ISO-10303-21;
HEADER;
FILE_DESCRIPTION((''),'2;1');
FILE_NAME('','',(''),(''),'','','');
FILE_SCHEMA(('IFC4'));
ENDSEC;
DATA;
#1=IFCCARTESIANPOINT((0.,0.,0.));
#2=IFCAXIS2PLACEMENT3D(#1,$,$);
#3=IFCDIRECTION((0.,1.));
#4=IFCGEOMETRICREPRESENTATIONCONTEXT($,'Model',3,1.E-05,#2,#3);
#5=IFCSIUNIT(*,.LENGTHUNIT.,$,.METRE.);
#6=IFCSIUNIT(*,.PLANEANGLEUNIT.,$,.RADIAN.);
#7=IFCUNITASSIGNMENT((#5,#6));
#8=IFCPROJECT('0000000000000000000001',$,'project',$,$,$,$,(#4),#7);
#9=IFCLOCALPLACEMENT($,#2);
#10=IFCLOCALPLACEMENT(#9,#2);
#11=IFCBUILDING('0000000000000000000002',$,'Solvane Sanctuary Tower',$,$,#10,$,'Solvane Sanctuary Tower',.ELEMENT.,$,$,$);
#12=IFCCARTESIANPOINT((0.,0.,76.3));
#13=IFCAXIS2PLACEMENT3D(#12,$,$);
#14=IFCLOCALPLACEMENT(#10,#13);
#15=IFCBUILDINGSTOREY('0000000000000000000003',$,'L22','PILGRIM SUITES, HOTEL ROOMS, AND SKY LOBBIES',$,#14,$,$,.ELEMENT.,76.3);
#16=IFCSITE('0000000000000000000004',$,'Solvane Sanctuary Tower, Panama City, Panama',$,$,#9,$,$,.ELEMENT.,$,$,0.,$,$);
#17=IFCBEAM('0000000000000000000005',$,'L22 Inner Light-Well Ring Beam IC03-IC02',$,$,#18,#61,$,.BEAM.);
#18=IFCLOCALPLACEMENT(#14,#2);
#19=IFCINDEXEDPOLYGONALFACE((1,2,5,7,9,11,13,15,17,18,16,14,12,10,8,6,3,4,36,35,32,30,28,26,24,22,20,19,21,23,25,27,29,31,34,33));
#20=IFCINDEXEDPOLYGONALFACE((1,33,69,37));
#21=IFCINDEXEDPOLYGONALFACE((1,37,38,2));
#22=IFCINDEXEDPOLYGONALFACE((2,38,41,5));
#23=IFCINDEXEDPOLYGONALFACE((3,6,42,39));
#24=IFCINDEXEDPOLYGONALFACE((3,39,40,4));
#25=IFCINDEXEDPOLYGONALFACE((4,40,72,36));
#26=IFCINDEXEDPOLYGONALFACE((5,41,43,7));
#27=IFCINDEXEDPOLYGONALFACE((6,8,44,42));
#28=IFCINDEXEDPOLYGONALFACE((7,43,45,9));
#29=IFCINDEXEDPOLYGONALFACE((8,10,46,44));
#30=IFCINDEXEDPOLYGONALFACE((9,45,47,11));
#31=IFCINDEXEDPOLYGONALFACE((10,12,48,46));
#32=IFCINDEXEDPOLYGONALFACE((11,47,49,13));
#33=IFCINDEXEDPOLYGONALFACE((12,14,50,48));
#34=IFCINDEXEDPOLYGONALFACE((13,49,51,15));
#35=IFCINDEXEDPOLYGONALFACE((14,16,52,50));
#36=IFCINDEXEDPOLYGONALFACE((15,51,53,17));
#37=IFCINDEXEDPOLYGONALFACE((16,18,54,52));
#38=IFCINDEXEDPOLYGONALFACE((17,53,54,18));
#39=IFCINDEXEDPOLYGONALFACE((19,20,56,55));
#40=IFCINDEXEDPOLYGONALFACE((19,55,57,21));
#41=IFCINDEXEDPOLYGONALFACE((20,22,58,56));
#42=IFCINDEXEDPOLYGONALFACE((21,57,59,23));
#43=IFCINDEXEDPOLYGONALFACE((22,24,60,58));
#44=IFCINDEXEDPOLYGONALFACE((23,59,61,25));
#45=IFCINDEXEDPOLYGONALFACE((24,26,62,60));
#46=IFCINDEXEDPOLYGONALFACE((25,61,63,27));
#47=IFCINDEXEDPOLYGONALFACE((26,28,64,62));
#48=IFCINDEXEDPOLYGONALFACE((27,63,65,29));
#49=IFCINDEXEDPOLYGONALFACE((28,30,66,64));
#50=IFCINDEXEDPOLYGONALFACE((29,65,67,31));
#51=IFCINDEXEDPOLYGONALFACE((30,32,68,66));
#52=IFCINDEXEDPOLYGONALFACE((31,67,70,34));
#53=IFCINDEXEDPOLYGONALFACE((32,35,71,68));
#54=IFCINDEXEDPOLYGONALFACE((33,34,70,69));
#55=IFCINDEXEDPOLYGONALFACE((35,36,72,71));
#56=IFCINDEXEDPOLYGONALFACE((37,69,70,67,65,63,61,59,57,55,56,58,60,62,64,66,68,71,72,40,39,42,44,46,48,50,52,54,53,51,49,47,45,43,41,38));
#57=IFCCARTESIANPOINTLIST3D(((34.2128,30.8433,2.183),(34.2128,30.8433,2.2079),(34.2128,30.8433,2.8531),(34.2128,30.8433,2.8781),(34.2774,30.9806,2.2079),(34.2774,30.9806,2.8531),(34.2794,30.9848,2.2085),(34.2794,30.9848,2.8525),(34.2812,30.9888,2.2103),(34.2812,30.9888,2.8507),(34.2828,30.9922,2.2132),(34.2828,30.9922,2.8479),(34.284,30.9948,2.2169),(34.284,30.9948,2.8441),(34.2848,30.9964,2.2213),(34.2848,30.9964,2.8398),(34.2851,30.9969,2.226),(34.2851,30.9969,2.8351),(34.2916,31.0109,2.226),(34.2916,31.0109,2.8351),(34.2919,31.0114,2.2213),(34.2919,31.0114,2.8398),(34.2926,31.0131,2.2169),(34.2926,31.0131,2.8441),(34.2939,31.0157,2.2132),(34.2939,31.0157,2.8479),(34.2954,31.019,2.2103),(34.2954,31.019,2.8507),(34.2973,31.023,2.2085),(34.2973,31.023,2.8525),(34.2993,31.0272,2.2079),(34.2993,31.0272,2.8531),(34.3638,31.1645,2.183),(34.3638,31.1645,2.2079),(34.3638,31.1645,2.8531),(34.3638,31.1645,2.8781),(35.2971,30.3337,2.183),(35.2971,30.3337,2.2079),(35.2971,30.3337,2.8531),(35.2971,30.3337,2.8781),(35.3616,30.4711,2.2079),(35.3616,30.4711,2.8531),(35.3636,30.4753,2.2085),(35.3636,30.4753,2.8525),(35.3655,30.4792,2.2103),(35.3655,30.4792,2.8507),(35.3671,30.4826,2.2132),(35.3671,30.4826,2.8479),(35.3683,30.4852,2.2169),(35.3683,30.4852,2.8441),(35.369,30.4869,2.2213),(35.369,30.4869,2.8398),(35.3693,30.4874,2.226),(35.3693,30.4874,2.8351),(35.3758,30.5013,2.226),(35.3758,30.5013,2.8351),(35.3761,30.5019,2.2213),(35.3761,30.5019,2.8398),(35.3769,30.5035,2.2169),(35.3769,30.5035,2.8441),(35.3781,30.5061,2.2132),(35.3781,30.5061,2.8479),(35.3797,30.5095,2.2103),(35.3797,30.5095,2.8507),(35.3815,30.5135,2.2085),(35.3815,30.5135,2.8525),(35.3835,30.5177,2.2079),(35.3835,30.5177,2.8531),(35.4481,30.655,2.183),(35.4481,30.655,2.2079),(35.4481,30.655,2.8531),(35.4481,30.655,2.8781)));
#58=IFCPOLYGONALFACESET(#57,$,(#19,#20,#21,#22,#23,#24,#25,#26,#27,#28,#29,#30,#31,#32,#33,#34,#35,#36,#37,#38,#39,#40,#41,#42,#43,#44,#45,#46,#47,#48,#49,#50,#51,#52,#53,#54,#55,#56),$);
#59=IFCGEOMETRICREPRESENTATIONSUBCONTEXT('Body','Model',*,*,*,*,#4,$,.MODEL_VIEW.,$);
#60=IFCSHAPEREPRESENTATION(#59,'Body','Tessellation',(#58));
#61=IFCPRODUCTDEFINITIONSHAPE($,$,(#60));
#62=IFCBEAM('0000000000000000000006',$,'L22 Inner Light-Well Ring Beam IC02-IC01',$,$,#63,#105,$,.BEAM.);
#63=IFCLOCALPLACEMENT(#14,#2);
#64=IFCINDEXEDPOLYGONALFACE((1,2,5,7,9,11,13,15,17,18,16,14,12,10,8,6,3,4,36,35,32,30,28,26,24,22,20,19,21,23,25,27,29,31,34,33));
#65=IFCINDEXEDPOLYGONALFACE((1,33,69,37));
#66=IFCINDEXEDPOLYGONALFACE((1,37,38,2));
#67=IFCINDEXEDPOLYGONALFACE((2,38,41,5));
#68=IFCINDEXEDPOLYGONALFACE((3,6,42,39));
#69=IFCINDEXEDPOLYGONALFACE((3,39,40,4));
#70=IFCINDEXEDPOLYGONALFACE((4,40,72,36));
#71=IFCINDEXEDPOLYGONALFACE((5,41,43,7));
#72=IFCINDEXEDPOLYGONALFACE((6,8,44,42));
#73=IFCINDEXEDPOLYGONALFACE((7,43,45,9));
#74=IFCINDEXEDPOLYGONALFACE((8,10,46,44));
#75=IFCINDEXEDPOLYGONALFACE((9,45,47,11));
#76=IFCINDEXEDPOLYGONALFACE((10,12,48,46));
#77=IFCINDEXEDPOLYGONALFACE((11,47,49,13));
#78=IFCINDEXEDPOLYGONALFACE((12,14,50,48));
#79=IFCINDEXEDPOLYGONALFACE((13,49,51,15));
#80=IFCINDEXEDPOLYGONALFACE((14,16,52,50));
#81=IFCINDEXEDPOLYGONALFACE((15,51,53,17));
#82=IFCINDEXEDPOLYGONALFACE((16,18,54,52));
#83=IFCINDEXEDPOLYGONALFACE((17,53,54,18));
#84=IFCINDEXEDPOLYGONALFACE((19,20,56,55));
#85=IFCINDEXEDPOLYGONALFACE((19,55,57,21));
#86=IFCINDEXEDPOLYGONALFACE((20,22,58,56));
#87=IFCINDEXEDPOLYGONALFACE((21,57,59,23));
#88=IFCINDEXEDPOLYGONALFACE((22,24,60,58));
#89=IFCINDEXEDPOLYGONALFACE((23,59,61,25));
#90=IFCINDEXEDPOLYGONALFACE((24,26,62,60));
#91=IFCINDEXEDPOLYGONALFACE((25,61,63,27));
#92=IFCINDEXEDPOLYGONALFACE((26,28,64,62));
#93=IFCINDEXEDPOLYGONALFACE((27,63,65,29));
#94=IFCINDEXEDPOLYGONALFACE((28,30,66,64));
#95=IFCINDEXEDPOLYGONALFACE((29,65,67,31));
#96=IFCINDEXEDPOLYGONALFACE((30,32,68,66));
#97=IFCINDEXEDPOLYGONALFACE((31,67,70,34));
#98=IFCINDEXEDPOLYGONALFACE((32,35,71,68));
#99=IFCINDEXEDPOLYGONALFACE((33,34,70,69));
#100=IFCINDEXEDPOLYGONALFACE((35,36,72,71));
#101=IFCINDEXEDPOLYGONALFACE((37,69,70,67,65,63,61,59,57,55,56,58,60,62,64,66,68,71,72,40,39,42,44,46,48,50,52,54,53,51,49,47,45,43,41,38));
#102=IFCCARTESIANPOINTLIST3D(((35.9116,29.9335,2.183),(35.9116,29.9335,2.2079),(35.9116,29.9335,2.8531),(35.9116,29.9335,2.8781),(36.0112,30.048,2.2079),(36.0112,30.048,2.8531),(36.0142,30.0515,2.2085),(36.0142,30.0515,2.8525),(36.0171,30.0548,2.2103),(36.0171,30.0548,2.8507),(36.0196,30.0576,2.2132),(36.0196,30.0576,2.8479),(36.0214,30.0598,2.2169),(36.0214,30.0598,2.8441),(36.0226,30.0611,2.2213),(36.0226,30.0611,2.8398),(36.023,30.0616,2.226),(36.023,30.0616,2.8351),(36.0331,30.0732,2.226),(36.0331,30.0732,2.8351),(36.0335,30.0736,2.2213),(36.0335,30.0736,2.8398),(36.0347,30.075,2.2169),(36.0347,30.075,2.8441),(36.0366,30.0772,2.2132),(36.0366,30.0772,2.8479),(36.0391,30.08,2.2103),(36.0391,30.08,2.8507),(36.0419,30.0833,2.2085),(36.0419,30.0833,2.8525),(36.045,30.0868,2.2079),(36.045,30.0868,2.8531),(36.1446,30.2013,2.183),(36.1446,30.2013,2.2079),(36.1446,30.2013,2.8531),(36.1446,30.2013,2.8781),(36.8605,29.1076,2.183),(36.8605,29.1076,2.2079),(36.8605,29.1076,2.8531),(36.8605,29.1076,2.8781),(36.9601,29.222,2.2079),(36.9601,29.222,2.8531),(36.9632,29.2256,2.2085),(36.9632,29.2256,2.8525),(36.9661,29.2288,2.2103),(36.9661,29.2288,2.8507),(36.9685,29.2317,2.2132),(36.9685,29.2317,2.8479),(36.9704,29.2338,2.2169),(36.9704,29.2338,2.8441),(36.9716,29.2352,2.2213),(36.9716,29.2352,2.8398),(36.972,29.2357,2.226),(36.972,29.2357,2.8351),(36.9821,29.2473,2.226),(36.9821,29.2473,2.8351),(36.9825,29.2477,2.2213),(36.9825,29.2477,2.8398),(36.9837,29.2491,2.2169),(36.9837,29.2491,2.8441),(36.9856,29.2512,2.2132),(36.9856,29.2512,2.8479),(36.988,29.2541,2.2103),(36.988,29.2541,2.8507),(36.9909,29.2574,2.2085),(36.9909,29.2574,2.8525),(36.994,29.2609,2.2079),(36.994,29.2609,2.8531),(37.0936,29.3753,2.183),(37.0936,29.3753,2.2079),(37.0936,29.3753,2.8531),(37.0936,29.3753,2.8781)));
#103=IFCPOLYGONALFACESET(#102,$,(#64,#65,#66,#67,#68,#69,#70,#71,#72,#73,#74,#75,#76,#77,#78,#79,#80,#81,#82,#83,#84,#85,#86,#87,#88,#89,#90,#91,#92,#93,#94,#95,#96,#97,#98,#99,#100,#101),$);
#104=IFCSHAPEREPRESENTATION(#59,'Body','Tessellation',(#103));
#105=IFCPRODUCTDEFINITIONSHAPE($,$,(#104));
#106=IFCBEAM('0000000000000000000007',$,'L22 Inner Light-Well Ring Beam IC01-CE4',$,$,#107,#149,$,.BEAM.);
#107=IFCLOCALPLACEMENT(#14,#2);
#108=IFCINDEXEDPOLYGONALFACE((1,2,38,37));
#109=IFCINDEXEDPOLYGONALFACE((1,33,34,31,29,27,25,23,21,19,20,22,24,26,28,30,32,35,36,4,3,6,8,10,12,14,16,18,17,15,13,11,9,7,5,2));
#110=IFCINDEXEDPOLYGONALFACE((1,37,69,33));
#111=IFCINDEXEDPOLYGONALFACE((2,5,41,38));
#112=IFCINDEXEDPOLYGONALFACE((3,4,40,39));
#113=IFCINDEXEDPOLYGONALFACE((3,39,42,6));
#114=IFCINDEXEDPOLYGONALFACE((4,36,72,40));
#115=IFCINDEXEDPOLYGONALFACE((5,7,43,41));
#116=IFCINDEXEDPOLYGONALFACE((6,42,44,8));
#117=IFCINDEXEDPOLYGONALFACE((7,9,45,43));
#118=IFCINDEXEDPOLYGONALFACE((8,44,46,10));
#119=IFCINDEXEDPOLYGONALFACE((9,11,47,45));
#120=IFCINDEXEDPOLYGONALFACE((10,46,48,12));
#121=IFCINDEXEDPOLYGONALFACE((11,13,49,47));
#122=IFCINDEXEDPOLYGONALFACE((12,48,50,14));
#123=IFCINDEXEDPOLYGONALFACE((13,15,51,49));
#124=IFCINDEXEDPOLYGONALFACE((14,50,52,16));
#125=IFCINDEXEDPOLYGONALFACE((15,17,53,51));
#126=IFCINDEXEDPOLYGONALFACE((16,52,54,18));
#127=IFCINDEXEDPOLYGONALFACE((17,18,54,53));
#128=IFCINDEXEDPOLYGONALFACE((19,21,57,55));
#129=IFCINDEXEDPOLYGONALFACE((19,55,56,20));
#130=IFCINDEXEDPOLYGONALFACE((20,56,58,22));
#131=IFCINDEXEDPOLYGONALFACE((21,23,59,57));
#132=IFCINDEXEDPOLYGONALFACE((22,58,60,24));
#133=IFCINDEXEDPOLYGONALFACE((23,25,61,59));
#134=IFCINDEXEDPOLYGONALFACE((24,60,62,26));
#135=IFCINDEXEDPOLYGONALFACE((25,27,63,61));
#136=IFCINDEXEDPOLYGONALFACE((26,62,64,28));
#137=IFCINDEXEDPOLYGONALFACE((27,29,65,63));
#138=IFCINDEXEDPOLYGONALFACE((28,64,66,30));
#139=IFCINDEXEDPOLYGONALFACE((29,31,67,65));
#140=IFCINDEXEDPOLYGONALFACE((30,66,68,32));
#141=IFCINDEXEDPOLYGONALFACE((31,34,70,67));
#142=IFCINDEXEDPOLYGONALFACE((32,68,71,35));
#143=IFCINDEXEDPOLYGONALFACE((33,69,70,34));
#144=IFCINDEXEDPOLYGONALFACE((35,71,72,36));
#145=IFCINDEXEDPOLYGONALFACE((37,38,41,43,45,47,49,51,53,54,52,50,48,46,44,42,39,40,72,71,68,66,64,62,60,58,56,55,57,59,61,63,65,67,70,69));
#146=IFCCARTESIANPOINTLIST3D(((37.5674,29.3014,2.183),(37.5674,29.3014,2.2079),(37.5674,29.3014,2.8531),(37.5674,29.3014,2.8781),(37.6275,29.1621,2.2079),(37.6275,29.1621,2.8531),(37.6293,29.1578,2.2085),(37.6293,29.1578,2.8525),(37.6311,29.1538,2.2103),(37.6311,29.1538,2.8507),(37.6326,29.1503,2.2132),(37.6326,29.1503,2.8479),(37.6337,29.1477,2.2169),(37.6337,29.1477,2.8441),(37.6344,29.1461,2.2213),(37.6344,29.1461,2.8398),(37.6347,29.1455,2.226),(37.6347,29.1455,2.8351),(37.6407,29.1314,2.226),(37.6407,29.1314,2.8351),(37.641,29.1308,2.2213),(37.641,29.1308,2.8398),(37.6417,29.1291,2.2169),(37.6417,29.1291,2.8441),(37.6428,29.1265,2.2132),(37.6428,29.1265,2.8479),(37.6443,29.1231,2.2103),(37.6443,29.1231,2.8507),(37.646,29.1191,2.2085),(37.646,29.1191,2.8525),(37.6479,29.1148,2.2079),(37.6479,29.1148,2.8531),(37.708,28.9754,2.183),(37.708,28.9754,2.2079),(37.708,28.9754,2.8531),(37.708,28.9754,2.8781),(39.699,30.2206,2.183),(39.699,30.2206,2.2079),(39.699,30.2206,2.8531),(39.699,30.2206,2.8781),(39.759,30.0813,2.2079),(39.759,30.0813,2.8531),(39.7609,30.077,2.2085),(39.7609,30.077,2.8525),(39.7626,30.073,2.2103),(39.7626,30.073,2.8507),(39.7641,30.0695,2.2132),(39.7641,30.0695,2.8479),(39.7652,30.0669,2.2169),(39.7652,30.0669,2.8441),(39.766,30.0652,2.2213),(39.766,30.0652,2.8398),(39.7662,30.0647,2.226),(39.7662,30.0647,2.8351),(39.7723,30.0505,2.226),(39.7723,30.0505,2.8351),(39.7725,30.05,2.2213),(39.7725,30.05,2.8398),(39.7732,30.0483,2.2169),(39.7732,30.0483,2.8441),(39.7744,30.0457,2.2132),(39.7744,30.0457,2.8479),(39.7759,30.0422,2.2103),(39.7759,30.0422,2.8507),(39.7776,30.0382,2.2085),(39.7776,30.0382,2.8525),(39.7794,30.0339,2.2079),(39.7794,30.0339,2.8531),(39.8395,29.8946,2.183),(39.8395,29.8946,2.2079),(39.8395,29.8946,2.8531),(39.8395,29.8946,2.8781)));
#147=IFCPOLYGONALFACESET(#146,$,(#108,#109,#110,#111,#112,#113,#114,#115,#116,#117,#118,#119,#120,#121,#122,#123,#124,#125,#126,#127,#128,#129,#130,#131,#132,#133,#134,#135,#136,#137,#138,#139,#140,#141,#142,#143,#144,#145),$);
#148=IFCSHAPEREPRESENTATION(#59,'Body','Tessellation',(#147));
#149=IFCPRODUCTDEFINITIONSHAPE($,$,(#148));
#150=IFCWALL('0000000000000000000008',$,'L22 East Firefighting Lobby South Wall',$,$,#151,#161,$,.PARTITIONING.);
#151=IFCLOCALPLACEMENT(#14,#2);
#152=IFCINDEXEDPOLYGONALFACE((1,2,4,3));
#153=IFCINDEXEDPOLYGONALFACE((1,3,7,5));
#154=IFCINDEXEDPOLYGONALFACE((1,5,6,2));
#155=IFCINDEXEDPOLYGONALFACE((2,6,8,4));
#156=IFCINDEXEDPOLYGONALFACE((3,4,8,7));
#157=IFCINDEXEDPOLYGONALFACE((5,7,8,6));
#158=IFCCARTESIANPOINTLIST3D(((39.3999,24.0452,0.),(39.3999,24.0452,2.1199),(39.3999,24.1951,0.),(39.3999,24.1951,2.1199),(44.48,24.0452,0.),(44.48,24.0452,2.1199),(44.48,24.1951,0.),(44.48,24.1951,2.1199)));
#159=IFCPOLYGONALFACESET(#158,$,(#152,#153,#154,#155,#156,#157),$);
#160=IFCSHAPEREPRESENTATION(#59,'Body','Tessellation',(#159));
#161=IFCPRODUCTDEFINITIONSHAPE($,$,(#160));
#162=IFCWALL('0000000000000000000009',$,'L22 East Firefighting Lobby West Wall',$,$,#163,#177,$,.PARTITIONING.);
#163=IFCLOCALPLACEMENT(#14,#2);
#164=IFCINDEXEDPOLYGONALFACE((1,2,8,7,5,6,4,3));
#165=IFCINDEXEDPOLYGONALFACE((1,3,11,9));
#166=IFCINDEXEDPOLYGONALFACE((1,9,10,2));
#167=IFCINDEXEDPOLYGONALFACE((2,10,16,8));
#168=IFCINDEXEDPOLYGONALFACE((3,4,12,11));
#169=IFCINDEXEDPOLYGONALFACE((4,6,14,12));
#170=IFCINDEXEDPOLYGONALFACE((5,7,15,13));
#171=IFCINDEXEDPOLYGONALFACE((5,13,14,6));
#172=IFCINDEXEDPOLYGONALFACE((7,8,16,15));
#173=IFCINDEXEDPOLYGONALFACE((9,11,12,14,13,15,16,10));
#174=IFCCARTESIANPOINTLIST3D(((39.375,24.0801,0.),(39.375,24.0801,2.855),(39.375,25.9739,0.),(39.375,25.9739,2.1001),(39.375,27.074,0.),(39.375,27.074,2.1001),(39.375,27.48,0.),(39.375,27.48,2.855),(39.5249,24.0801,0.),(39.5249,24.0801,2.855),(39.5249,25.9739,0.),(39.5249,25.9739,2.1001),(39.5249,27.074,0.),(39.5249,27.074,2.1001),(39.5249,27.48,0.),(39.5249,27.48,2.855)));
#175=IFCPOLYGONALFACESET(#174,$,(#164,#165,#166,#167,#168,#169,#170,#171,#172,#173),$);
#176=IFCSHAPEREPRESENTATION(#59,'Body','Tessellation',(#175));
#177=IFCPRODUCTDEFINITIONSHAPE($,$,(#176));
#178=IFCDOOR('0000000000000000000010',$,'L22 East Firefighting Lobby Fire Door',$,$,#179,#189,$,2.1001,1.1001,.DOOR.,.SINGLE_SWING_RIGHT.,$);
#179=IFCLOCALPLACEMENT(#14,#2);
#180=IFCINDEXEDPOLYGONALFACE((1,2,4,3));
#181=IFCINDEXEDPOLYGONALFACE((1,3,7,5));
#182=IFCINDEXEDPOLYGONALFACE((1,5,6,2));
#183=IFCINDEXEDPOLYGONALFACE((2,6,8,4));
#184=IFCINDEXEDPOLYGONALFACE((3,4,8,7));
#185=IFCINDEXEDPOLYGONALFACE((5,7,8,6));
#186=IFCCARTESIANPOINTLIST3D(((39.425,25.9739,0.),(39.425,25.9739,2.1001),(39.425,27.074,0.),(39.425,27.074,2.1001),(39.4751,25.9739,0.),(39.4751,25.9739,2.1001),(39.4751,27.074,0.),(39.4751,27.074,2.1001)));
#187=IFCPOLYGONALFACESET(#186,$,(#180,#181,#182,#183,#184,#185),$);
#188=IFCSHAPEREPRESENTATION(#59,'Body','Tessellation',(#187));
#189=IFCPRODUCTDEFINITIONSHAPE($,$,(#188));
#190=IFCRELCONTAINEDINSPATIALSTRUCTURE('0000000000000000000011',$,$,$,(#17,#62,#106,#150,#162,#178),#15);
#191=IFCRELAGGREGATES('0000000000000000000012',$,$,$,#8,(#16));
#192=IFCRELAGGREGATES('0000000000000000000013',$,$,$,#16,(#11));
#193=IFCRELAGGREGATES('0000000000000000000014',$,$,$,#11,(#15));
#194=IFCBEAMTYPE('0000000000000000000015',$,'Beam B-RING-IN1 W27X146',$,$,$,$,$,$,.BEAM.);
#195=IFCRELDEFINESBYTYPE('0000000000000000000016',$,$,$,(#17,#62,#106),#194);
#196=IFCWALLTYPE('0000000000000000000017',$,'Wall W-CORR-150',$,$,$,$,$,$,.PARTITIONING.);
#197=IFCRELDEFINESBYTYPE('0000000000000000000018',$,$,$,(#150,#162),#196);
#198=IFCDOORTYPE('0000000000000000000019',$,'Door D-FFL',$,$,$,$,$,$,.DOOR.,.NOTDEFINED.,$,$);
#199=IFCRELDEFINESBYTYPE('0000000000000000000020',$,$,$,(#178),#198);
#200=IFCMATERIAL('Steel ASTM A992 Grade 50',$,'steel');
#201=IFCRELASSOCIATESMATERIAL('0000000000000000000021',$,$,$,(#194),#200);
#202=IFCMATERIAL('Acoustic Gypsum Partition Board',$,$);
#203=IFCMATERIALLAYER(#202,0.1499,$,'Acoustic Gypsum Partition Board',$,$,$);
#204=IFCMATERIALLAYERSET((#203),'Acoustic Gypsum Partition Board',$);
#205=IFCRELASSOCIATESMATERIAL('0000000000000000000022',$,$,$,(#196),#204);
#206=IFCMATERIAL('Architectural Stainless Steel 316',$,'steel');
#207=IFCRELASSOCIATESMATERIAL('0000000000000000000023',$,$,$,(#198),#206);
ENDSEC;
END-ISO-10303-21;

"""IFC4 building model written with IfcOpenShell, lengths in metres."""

from ifc_helpers import new_model, si_unit, direction, frame, frame_2d, origin, origin_2d, place, context, subcontext, project, spatial, rectangle, i_section, extrude, material, layer, layer_set, material_profile, profile_set, type_object, element, fill, save


model = new_model("IFC4")

# Units and contexts
model_context = context("Model", 3, precision=1e-05, world=origin(), true_north=direction((0.0, 1.0)))
body_context = subcontext(model_context, "Body", "Model", "MODEL_VIEW")
ifc_project = project(units=[si_unit("LENGTHUNIT", "METRE"), si_unit("PLANEANGLEUNIT", "RADIAN")], contexts=[model_context])

# Site, building, storey
site_placement = place(None, origin())
site = spatial("IfcSite", under=ifc_project, at=site_placement, Name="Solvane Sanctuary Tower, Panama City, Panama", CompositionType="ELEMENT", RefElevation=0.0)
building_placement = place(site_placement, origin())
building = spatial("IfcBuilding", under=site, at=building_placement, Name="Solvane Sanctuary Tower", LongName="Solvane Sanctuary Tower", CompositionType="ELEMENT")
storey_placement = place(building_placement, frame((0.0, 0.0, 76.3)))
storey = spatial("IfcBuildingStorey", under=building, at=storey_placement, Name="L22", Description="PILGRIM SUITES, HOTEL ROOMS, AND SKY LOBBIES", CompositionType="ELEMENT", Elevation=76.3)

# Beams
ifc_material_1 = material(Name="Steel ASTM A992 Grade 50", Category="steel")
ifc_material_profile_1 = material_profile(ifc_material_1, i_section(OverallWidth=0.355, OverallDepth=0.6951, WebThickness=0.0154, FlangeThickness=0.0249, FilletRadius=0.0181, at=origin_2d()), Name="W27X146")
ifc_profile_set_1 = profile_set([ifc_material_profile_1], Name="Steel ASTM A992 Grade 50")
beam_type_1 = type_object("IfcBeamType", Name="Beam B-RING-IN1 W27X146", PredefinedType="BEAM", material=ifc_profile_set_1)
beam_1_placement = place(storey_placement, frame((34.2883, 31.0039, 2.5305), z_axis=(0.905045, -0.425316, 0.0), x_axis=(0.425316, 0.905045, 0.0)))
element("IfcBeam", 1, at=beam_1_placement, inside=storey, type_object=beam_type_1, Name="L22 Inner Light-Well Ring Beam IC03-IC02", PredefinedType="BEAM", context=body_context, shape_type="SweptSolid", body=[
    extrude(i_section(OverallWidth=0.355, OverallDepth=0.6951, WebThickness=0.0154, FlangeThickness=0.0249, FilletRadius=0.0181, at=origin_2d()), origin(), (0.0, 0.0, 1.0), 1.198),
])
beam_2_placement = place(storey_placement, frame((36.0281, 30.0674, 2.5305), z_axis=(0.754317, -0.65651, 0.0), x_axis=(0.65651, 0.754317, 0.0)))
element("IfcBeam", 2, at=beam_2_placement, inside=storey, type_object=beam_type_1, Name="L22 Inner Light-Well Ring Beam IC02-IC01", PredefinedType="BEAM", context=body_context, shape_type="SweptSolid", body=[
    extrude(i_section(OverallWidth=0.355, OverallDepth=0.6951, WebThickness=0.0154, FlangeThickness=0.0249, FilletRadius=0.0181, at=origin_2d()), origin(), (0.0, 0.0, 1.0), 1.2581),
])
beam_3_placement = place(storey_placement, frame((37.6377, 29.1384, 2.5305), z_axis=(0.918261, 0.395975, 0.0), x_axis=(-0.395975, 0.918261, 0.0)))
element("IfcBeam", 3, at=beam_3_placement, inside=storey, type_object=beam_type_1, Name="L22 Inner Light-Well Ring Beam IC01-CE4", PredefinedType="BEAM", context=body_context, shape_type="SweptSolid", body=[
    extrude(i_section(OverallWidth=0.355, OverallDepth=0.6951, WebThickness=0.0154, FlangeThickness=0.0249, FilletRadius=0.0181, at=origin_2d()), origin(), (0.0, 0.0, 1.0), 2.3213),
])

# Wall
ifc_material_2 = material(Name="Acoustic Gypsum Partition Board")
ifc_layer_1 = layer(ifc_material_2, 0.1499, Name="Acoustic Gypsum Partition Board")
ifc_layer_set_1 = layer_set([ifc_layer_1], Name="Acoustic Gypsum Partition Board")
wall_type_1 = type_object("IfcWallType", Name="Wall W-CORR-150", PredefinedType="PARTITIONING", material=ifc_layer_set_1)
wall_1_placement = place(storey_placement, frame((39.3999, 24.1201, 0.0), z_axis=(0.0, 0.0, 1.0), x_axis=(1.0, 0.0, 0.0)))
element("IfcWall", 4, at=wall_1_placement, inside=storey, type_object=wall_type_1, Name="L22 East Firefighting Lobby South Wall", PredefinedType="PARTITIONING", context=body_context, shape_type="SweptSolid", body=[
    extrude(rectangle(XDim=5.0801, YDim=0.1499, at=frame_2d((2.54, 0.0))), origin(), (0.0, 0.0, 1.0), 2.1199),
])

# Wall, opening, door
wall_2_placement = place(storey_placement, frame((39.45, 24.0801, 0.0), z_axis=(0.0, 0.0, 1.0), x_axis=(0.0, 1.0, 0.0)))
wall_2 = element("IfcWall", 5, at=wall_2_placement, inside=storey, type_object=wall_type_1, Name="L22 East Firefighting Lobby West Wall", PredefinedType="PARTITIONING", context=body_context, shape_type="SweptSolid", body=[
    extrude(rectangle(XDim=3.3999, YDim=0.1499, at=frame_2d((1.7, 0.0))), origin(), (0.0, 0.0, 1.0), 2.855),
])
opening_1_placement = place(wall_2_placement, frame((1.8938, 0.0, 0.0)))
opening_1 = element("IfcOpeningElement", 6, at=opening_1_placement, cuts=wall_2, PredefinedType="OPENING", context=body_context, shape_type="SweptSolid", body=[
    extrude(rectangle(XDim=1.1001, YDim=2.1001, at=frame_2d((0.55, 1.05))), frame((0.0, 0.085, 0.0), z_axis=(0.0, -1.0, 0.0), x_axis=(1.0, 0.0, 0.0)), (0.0, 0.0, 1.0), 0.1699),
])
ifc_material_3 = material(Name="Architectural Stainless Steel 316", Category="steel")
door_type = type_object("IfcDoorType", Name="Door D-FFL", OperationType="NOTDEFINED", PredefinedType="DOOR", material=ifc_material_3)
door_placement = place(opening_1_placement, origin())
door = element("IfcDoor", 7, at=door_placement, inside=storey, type_object=door_type, Name="L22 East Firefighting Lobby Fire Door", OperationType="SINGLE_SWING_RIGHT", OverallHeight=2.1001, OverallWidth=1.1001, PredefinedType="DOOR", context=body_context, shape_type="SweptSolid", body=[
    extrude(rectangle(XDim=1.1001, YDim=2.1001, at=frame_2d((0.55, 1.05))), frame((0.0, 0.0249, 0.0), z_axis=(0.0, -1.0, 0.0), x_axis=(1.0, 0.0, 0.0)), (0.0, 0.0, 1.0), 0.05),
])
fill(opening_1, door)

save(model, "model.ifc")
